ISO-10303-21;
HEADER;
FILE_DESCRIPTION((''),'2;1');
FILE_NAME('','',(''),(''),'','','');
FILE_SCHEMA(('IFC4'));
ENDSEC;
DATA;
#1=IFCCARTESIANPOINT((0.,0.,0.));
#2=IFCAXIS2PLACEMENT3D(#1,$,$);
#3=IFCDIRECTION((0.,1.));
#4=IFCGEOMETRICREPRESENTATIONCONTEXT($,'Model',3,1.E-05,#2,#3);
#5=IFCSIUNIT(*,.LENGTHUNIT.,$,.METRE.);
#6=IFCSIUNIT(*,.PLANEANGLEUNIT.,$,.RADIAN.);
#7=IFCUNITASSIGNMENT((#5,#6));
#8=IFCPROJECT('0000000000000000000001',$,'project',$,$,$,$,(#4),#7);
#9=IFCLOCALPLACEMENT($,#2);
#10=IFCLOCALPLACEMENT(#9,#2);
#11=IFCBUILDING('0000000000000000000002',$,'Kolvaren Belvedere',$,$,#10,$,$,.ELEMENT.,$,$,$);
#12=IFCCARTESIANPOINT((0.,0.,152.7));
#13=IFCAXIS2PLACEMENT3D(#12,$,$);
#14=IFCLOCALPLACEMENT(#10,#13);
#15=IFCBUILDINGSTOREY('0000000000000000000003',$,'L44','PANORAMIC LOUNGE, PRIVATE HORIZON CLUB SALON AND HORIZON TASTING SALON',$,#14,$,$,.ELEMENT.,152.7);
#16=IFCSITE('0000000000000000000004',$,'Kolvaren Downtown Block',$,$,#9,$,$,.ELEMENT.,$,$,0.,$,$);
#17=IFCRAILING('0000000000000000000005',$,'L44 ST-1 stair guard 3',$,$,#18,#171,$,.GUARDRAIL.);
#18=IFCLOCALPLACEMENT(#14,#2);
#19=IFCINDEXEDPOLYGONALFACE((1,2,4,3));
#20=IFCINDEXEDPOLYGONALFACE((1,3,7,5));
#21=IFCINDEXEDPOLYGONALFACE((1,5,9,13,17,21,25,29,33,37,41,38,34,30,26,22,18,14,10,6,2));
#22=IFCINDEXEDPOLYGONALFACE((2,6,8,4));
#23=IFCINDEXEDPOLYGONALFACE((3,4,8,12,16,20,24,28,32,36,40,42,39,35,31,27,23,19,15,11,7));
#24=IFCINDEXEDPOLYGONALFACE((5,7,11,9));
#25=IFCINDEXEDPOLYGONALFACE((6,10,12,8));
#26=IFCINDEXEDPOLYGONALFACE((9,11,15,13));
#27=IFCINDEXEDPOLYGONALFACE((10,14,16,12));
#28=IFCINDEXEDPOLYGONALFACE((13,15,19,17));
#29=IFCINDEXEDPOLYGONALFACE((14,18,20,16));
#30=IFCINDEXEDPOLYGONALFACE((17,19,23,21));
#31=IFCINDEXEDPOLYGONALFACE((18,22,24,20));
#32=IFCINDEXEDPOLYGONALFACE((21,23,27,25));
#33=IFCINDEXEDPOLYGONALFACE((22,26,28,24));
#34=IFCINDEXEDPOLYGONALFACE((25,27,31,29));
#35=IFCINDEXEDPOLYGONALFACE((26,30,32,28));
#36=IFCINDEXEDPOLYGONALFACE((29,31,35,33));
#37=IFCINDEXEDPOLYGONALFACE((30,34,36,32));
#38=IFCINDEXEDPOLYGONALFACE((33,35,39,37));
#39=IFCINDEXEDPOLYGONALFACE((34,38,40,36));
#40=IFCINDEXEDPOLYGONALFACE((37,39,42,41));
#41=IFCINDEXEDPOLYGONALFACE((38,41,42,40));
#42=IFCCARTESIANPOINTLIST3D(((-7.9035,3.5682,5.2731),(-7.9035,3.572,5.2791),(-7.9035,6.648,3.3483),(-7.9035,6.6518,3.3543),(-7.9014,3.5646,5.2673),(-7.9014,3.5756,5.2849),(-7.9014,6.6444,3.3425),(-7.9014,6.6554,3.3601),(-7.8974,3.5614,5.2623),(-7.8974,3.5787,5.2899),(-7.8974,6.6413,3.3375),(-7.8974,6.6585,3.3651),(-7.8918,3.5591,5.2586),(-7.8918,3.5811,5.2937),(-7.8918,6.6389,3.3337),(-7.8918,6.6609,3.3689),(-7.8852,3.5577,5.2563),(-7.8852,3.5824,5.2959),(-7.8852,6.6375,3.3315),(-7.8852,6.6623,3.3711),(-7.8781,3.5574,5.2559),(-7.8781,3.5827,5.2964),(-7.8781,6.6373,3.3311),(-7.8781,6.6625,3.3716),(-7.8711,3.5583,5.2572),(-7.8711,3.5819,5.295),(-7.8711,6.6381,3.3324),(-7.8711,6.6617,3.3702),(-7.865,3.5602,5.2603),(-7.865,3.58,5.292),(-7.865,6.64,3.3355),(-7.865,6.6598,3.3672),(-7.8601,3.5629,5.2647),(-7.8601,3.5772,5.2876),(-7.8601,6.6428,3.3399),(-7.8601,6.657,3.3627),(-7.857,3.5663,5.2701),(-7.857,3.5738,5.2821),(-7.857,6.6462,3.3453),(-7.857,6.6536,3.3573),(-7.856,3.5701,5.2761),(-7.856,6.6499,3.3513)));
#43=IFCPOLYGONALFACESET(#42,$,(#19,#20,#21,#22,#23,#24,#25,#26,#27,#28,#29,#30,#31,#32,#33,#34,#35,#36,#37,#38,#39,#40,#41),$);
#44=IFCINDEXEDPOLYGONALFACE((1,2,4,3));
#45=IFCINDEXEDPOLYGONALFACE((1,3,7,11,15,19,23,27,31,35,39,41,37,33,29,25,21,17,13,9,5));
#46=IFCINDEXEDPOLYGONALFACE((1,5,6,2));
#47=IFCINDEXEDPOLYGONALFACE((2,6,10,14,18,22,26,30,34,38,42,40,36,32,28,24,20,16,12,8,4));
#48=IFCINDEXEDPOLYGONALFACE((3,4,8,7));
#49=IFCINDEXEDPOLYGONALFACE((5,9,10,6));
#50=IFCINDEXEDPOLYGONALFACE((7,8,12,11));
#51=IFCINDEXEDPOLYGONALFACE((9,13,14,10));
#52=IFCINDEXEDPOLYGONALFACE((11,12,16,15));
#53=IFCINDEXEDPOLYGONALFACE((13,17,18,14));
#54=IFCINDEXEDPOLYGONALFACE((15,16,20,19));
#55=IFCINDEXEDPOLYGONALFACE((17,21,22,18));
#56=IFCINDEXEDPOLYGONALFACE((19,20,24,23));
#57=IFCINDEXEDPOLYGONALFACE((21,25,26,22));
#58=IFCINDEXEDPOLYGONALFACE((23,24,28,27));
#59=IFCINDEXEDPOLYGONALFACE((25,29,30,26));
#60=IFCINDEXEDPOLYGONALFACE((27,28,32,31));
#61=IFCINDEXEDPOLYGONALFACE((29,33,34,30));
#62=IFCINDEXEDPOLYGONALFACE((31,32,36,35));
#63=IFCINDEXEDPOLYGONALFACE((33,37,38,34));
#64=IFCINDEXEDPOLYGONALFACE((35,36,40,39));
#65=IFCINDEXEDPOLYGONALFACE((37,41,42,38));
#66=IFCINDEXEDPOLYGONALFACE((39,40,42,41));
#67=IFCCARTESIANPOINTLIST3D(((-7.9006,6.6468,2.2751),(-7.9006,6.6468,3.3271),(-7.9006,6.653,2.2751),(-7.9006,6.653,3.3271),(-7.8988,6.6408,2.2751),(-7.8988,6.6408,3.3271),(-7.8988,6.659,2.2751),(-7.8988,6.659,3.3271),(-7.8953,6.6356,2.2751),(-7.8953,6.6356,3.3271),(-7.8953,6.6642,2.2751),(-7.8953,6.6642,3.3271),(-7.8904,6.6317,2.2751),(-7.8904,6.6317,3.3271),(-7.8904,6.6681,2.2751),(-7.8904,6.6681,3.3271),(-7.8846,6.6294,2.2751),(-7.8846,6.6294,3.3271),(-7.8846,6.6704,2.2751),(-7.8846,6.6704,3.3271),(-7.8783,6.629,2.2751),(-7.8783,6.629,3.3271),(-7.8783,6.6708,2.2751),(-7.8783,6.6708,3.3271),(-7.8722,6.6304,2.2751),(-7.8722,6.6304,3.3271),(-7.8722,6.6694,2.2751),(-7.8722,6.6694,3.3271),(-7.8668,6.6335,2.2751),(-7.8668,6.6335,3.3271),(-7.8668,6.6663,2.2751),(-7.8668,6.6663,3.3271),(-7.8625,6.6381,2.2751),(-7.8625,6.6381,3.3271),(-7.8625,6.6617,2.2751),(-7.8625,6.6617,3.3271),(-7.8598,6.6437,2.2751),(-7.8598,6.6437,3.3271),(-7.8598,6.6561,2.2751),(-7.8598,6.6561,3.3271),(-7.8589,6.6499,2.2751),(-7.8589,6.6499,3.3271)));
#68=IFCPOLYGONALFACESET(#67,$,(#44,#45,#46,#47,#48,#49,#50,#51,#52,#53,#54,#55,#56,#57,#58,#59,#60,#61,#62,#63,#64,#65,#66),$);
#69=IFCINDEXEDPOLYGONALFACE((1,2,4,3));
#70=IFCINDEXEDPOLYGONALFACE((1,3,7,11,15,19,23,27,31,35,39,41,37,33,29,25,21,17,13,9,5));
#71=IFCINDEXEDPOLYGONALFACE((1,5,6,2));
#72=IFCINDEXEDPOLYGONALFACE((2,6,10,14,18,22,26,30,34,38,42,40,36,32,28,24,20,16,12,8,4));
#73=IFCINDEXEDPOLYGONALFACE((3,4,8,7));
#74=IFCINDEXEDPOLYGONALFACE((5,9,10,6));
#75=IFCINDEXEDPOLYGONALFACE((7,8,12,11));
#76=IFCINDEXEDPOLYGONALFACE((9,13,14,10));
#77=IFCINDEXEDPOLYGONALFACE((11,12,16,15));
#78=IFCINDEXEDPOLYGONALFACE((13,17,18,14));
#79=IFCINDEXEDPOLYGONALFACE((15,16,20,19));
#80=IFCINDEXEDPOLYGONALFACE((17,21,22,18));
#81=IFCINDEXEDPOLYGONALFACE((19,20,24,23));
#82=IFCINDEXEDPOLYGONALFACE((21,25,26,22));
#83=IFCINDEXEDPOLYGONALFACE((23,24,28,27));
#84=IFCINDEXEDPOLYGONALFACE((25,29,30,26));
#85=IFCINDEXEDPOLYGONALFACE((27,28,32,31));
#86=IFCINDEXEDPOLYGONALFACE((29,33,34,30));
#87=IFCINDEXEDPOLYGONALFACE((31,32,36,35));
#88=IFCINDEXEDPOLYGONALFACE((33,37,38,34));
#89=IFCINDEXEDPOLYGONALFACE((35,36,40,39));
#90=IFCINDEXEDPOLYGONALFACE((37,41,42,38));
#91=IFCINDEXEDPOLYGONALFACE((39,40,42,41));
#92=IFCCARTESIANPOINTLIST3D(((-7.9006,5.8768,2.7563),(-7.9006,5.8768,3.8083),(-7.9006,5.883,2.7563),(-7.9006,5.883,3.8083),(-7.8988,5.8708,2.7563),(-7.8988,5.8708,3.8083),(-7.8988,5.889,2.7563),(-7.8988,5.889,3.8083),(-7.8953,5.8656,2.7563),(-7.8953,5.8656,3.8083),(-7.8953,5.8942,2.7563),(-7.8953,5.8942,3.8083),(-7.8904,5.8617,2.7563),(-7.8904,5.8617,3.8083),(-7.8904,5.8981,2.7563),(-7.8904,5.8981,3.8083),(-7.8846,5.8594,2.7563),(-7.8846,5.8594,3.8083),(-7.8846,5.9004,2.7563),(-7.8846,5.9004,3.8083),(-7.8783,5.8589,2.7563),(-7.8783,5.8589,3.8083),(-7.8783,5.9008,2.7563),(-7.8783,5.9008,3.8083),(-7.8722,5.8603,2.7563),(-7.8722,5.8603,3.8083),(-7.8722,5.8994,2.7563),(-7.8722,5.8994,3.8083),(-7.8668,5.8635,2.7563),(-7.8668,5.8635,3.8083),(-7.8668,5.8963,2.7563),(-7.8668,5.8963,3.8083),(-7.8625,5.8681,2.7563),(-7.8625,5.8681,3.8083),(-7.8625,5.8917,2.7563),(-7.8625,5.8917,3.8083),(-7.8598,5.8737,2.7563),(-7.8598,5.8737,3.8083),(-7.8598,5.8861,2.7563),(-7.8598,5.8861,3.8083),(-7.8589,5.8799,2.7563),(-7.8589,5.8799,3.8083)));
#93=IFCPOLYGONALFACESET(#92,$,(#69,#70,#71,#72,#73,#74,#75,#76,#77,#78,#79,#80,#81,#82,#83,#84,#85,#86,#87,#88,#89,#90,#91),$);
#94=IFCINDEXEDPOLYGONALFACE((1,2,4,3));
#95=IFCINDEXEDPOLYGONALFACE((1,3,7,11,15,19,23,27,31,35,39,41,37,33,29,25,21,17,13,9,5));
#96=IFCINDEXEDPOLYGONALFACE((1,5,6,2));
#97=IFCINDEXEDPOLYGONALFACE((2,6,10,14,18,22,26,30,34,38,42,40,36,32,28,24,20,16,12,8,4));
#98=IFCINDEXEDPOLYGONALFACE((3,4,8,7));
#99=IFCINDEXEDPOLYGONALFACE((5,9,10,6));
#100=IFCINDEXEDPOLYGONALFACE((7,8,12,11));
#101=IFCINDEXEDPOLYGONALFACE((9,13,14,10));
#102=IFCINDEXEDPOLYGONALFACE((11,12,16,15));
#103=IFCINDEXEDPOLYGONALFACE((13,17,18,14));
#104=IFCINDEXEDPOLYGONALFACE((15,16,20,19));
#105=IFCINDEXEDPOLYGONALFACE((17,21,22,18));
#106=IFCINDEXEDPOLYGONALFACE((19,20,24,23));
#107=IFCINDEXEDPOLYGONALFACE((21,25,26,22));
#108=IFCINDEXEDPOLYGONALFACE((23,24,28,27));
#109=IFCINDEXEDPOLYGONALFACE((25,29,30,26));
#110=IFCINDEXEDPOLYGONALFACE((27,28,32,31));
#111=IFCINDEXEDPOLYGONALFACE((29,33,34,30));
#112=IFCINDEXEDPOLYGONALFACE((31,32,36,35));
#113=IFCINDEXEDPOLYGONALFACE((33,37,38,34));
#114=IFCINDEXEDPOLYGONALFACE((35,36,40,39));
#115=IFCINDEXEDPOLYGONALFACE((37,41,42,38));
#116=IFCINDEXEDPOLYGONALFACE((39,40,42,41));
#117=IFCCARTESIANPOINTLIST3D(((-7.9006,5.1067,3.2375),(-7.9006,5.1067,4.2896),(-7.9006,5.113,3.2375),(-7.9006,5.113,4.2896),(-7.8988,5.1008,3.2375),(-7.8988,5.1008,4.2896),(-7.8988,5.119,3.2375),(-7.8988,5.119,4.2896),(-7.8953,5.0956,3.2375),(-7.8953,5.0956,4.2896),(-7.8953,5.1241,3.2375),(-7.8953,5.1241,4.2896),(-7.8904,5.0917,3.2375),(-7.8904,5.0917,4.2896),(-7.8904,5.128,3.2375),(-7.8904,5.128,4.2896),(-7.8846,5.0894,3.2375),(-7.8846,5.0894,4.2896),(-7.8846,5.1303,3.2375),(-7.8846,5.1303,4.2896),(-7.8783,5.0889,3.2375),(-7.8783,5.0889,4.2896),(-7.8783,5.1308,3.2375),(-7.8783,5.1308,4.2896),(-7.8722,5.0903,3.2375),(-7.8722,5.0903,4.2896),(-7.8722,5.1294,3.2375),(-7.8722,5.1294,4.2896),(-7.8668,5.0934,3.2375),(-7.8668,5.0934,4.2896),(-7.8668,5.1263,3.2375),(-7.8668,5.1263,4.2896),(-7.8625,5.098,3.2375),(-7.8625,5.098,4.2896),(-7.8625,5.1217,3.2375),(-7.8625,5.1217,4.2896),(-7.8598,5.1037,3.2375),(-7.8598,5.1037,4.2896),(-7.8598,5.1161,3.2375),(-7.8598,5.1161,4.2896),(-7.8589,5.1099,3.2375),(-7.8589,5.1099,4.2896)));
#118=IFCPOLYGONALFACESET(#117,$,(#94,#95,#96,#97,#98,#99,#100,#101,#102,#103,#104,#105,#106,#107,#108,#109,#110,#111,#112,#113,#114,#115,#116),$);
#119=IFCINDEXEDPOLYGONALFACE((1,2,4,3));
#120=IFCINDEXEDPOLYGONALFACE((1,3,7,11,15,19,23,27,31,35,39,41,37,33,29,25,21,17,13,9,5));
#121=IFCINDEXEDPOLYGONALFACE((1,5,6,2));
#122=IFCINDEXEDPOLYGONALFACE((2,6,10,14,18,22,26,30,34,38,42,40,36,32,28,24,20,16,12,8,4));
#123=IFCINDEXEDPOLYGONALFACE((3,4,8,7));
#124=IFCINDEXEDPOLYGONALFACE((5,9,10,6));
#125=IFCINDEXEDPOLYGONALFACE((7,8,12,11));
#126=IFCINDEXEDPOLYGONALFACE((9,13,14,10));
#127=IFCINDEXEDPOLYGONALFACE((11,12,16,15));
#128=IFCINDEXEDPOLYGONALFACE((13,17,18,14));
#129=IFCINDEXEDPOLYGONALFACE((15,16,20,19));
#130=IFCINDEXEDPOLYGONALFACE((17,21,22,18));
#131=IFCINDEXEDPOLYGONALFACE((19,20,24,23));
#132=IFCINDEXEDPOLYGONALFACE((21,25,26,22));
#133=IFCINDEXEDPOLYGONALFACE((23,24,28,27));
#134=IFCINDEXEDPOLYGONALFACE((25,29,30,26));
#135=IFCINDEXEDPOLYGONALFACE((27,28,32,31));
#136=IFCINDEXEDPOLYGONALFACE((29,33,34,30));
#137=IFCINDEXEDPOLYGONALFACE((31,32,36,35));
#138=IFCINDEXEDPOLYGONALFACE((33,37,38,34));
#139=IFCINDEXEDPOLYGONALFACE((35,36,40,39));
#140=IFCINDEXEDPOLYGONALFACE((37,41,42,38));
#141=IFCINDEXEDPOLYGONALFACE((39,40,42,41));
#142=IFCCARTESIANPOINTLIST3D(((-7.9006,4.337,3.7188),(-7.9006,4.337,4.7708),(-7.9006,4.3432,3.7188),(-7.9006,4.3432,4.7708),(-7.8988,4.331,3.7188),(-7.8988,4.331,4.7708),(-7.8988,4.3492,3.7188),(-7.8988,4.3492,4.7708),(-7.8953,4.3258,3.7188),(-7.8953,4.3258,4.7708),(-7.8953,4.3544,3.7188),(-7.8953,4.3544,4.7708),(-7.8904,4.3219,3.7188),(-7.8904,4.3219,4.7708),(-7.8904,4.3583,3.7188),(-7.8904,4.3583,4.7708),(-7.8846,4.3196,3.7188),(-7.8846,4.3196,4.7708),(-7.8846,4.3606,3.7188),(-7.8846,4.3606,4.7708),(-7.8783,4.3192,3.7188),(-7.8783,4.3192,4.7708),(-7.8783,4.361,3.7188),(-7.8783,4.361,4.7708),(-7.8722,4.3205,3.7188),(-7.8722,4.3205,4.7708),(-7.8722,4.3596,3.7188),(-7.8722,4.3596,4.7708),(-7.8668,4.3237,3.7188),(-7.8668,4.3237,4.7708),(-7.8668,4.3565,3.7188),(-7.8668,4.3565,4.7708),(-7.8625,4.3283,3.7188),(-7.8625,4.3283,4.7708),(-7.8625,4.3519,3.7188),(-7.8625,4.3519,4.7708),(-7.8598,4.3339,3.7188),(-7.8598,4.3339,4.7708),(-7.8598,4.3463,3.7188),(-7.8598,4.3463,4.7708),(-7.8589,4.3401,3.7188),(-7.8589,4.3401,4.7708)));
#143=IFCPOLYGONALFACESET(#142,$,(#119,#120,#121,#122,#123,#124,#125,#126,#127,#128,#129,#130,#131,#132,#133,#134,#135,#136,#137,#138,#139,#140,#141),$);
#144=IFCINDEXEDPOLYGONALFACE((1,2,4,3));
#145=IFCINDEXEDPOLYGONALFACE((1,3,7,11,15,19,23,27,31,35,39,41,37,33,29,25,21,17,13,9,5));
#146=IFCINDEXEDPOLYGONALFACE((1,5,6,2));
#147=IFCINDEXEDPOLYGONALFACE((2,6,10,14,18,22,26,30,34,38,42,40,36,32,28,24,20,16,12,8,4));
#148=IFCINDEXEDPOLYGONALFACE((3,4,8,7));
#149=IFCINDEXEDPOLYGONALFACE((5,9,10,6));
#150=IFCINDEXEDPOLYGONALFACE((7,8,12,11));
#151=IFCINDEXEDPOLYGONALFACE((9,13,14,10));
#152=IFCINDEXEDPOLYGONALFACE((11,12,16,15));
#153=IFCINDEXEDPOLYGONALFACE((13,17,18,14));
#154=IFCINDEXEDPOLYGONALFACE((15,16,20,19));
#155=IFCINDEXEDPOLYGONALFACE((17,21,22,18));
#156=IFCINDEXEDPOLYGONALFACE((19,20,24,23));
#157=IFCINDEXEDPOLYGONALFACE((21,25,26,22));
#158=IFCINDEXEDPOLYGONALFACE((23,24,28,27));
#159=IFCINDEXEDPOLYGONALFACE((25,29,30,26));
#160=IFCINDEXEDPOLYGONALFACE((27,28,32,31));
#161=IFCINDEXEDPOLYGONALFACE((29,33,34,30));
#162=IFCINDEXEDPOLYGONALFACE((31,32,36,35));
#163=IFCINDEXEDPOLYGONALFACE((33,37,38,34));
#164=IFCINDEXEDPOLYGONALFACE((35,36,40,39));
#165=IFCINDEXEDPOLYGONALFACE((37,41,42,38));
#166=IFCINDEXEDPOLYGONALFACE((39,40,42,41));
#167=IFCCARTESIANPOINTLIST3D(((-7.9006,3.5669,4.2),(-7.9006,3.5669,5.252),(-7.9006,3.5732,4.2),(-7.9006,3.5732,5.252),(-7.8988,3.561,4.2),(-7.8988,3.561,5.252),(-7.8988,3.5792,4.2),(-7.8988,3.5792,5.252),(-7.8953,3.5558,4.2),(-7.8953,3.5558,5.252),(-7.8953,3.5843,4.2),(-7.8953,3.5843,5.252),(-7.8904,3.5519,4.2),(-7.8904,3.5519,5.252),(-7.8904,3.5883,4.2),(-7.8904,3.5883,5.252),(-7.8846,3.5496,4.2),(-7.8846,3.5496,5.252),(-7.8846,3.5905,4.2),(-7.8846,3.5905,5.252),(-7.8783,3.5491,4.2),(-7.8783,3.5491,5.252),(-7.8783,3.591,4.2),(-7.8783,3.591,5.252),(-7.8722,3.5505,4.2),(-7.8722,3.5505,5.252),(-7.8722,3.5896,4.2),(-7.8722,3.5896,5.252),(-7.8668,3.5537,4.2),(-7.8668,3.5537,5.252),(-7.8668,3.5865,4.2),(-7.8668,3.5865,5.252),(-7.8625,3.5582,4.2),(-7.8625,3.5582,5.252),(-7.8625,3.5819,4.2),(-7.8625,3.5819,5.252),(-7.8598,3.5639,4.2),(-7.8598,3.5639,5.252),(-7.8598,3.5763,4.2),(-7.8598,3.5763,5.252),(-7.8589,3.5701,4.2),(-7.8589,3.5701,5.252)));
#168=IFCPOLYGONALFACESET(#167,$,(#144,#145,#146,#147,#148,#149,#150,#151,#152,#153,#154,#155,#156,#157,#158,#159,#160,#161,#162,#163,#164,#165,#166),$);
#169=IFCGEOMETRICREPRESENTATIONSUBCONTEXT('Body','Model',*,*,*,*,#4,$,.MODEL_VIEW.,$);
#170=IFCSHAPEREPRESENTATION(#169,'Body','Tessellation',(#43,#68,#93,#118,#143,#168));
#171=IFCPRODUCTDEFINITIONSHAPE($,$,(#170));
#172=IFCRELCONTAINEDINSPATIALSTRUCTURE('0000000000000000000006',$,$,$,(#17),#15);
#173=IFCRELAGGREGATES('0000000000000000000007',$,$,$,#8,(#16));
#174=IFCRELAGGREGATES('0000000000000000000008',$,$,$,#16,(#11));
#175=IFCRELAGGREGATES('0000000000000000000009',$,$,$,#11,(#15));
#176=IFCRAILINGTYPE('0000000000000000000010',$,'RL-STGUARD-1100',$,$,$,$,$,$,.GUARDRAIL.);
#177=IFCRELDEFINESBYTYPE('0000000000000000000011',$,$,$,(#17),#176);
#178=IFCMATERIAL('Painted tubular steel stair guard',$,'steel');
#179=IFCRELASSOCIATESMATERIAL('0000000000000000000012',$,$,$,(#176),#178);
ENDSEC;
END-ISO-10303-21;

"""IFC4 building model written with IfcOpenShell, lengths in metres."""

from ifc_helpers import new_model, si_unit, direction, frame, origin, origin_2d, place, context, subcontext, project, spatial, circle, extrude, material, type_object, element, save


model = new_model("IFC4")

# Units and contexts
model_context = context("Model", 3, precision=1e-05, world=origin(), true_north=direction((0.0, 1.0)))
body_context = subcontext(model_context, "Body", "Model", "MODEL_VIEW")
ifc_project = project(units=[si_unit("LENGTHUNIT", "METRE"), si_unit("PLANEANGLEUNIT", "RADIAN")], contexts=[model_context])

# Site, building, storey
site_placement = place(None, origin())
site = spatial("IfcSite", under=ifc_project, at=site_placement, Name="Kolvaren Downtown Block", CompositionType="ELEMENT", RefElevation=0.0)
building_placement = place(site_placement, origin())
building = spatial("IfcBuilding", under=site, at=building_placement, Name="Kolvaren Belvedere", CompositionType="ELEMENT")
storey_placement = place(building_placement, frame((0.0, 0.0, 152.7)))
storey = spatial("IfcBuildingStorey", under=building, at=storey_placement, Name="L44", Description="PANORAMIC LOUNGE, PRIVATE HORIZON CLUB SALON AND HORIZON TASTING SALON", CompositionType="ELEMENT", Elevation=152.7)

# Railing
ifc_material_1 = material(Name="Painted tubular steel stair guard", Category="steel")
railing_type_1 = type_object("IfcRailingType", Name="RL-STGUARD-1100", PredefinedType="GUARDRAIL", material=ifc_material_1)
railing_1_placement = place(storey_placement, frame((-7.8799, 6.6499, 2.2751)))
element("IfcRailing", 1, at=railing_1_placement, inside=storey, type_object=railing_type_1, Name="L44 ST-1 stair guard 3", PredefinedType="GUARDRAIL", context=body_context, shape_type="SweptSolid", body=[
    extrude(circle(Radius=0.0239, at=origin_2d()), frame((0.0, 0.0, 1.0762), z_axis=(0.0, -0.84801, 0.529981), x_axis=(1.0, 0.0, 0.0)), (0.0, 0.0, 1.0), 3.6318),
    extrude(circle(Radius=0.021, at=origin_2d()), origin(), (0.0, 0.0, 1.0), 1.052),
    extrude(circle(Radius=0.021, at=origin_2d()), frame((0.0, -0.77, 0.4812)), (0.0, 0.0, 1.0), 1.052),
    extrude(circle(Radius=0.021, at=origin_2d()), frame((0.0, -1.54, 0.9624)), (0.0, 0.0, 1.0), 1.052),
    extrude(circle(Radius=0.021, at=origin_2d()), frame((0.0, -2.3098, 1.4436)), (0.0, 0.0, 1.0), 1.052),
    extrude(circle(Radius=0.021, at=origin_2d()), frame((0.0, -3.0798, 1.9248)), (0.0, 0.0, 1.0), 1.052),
])

save(model, "model.ifc")
